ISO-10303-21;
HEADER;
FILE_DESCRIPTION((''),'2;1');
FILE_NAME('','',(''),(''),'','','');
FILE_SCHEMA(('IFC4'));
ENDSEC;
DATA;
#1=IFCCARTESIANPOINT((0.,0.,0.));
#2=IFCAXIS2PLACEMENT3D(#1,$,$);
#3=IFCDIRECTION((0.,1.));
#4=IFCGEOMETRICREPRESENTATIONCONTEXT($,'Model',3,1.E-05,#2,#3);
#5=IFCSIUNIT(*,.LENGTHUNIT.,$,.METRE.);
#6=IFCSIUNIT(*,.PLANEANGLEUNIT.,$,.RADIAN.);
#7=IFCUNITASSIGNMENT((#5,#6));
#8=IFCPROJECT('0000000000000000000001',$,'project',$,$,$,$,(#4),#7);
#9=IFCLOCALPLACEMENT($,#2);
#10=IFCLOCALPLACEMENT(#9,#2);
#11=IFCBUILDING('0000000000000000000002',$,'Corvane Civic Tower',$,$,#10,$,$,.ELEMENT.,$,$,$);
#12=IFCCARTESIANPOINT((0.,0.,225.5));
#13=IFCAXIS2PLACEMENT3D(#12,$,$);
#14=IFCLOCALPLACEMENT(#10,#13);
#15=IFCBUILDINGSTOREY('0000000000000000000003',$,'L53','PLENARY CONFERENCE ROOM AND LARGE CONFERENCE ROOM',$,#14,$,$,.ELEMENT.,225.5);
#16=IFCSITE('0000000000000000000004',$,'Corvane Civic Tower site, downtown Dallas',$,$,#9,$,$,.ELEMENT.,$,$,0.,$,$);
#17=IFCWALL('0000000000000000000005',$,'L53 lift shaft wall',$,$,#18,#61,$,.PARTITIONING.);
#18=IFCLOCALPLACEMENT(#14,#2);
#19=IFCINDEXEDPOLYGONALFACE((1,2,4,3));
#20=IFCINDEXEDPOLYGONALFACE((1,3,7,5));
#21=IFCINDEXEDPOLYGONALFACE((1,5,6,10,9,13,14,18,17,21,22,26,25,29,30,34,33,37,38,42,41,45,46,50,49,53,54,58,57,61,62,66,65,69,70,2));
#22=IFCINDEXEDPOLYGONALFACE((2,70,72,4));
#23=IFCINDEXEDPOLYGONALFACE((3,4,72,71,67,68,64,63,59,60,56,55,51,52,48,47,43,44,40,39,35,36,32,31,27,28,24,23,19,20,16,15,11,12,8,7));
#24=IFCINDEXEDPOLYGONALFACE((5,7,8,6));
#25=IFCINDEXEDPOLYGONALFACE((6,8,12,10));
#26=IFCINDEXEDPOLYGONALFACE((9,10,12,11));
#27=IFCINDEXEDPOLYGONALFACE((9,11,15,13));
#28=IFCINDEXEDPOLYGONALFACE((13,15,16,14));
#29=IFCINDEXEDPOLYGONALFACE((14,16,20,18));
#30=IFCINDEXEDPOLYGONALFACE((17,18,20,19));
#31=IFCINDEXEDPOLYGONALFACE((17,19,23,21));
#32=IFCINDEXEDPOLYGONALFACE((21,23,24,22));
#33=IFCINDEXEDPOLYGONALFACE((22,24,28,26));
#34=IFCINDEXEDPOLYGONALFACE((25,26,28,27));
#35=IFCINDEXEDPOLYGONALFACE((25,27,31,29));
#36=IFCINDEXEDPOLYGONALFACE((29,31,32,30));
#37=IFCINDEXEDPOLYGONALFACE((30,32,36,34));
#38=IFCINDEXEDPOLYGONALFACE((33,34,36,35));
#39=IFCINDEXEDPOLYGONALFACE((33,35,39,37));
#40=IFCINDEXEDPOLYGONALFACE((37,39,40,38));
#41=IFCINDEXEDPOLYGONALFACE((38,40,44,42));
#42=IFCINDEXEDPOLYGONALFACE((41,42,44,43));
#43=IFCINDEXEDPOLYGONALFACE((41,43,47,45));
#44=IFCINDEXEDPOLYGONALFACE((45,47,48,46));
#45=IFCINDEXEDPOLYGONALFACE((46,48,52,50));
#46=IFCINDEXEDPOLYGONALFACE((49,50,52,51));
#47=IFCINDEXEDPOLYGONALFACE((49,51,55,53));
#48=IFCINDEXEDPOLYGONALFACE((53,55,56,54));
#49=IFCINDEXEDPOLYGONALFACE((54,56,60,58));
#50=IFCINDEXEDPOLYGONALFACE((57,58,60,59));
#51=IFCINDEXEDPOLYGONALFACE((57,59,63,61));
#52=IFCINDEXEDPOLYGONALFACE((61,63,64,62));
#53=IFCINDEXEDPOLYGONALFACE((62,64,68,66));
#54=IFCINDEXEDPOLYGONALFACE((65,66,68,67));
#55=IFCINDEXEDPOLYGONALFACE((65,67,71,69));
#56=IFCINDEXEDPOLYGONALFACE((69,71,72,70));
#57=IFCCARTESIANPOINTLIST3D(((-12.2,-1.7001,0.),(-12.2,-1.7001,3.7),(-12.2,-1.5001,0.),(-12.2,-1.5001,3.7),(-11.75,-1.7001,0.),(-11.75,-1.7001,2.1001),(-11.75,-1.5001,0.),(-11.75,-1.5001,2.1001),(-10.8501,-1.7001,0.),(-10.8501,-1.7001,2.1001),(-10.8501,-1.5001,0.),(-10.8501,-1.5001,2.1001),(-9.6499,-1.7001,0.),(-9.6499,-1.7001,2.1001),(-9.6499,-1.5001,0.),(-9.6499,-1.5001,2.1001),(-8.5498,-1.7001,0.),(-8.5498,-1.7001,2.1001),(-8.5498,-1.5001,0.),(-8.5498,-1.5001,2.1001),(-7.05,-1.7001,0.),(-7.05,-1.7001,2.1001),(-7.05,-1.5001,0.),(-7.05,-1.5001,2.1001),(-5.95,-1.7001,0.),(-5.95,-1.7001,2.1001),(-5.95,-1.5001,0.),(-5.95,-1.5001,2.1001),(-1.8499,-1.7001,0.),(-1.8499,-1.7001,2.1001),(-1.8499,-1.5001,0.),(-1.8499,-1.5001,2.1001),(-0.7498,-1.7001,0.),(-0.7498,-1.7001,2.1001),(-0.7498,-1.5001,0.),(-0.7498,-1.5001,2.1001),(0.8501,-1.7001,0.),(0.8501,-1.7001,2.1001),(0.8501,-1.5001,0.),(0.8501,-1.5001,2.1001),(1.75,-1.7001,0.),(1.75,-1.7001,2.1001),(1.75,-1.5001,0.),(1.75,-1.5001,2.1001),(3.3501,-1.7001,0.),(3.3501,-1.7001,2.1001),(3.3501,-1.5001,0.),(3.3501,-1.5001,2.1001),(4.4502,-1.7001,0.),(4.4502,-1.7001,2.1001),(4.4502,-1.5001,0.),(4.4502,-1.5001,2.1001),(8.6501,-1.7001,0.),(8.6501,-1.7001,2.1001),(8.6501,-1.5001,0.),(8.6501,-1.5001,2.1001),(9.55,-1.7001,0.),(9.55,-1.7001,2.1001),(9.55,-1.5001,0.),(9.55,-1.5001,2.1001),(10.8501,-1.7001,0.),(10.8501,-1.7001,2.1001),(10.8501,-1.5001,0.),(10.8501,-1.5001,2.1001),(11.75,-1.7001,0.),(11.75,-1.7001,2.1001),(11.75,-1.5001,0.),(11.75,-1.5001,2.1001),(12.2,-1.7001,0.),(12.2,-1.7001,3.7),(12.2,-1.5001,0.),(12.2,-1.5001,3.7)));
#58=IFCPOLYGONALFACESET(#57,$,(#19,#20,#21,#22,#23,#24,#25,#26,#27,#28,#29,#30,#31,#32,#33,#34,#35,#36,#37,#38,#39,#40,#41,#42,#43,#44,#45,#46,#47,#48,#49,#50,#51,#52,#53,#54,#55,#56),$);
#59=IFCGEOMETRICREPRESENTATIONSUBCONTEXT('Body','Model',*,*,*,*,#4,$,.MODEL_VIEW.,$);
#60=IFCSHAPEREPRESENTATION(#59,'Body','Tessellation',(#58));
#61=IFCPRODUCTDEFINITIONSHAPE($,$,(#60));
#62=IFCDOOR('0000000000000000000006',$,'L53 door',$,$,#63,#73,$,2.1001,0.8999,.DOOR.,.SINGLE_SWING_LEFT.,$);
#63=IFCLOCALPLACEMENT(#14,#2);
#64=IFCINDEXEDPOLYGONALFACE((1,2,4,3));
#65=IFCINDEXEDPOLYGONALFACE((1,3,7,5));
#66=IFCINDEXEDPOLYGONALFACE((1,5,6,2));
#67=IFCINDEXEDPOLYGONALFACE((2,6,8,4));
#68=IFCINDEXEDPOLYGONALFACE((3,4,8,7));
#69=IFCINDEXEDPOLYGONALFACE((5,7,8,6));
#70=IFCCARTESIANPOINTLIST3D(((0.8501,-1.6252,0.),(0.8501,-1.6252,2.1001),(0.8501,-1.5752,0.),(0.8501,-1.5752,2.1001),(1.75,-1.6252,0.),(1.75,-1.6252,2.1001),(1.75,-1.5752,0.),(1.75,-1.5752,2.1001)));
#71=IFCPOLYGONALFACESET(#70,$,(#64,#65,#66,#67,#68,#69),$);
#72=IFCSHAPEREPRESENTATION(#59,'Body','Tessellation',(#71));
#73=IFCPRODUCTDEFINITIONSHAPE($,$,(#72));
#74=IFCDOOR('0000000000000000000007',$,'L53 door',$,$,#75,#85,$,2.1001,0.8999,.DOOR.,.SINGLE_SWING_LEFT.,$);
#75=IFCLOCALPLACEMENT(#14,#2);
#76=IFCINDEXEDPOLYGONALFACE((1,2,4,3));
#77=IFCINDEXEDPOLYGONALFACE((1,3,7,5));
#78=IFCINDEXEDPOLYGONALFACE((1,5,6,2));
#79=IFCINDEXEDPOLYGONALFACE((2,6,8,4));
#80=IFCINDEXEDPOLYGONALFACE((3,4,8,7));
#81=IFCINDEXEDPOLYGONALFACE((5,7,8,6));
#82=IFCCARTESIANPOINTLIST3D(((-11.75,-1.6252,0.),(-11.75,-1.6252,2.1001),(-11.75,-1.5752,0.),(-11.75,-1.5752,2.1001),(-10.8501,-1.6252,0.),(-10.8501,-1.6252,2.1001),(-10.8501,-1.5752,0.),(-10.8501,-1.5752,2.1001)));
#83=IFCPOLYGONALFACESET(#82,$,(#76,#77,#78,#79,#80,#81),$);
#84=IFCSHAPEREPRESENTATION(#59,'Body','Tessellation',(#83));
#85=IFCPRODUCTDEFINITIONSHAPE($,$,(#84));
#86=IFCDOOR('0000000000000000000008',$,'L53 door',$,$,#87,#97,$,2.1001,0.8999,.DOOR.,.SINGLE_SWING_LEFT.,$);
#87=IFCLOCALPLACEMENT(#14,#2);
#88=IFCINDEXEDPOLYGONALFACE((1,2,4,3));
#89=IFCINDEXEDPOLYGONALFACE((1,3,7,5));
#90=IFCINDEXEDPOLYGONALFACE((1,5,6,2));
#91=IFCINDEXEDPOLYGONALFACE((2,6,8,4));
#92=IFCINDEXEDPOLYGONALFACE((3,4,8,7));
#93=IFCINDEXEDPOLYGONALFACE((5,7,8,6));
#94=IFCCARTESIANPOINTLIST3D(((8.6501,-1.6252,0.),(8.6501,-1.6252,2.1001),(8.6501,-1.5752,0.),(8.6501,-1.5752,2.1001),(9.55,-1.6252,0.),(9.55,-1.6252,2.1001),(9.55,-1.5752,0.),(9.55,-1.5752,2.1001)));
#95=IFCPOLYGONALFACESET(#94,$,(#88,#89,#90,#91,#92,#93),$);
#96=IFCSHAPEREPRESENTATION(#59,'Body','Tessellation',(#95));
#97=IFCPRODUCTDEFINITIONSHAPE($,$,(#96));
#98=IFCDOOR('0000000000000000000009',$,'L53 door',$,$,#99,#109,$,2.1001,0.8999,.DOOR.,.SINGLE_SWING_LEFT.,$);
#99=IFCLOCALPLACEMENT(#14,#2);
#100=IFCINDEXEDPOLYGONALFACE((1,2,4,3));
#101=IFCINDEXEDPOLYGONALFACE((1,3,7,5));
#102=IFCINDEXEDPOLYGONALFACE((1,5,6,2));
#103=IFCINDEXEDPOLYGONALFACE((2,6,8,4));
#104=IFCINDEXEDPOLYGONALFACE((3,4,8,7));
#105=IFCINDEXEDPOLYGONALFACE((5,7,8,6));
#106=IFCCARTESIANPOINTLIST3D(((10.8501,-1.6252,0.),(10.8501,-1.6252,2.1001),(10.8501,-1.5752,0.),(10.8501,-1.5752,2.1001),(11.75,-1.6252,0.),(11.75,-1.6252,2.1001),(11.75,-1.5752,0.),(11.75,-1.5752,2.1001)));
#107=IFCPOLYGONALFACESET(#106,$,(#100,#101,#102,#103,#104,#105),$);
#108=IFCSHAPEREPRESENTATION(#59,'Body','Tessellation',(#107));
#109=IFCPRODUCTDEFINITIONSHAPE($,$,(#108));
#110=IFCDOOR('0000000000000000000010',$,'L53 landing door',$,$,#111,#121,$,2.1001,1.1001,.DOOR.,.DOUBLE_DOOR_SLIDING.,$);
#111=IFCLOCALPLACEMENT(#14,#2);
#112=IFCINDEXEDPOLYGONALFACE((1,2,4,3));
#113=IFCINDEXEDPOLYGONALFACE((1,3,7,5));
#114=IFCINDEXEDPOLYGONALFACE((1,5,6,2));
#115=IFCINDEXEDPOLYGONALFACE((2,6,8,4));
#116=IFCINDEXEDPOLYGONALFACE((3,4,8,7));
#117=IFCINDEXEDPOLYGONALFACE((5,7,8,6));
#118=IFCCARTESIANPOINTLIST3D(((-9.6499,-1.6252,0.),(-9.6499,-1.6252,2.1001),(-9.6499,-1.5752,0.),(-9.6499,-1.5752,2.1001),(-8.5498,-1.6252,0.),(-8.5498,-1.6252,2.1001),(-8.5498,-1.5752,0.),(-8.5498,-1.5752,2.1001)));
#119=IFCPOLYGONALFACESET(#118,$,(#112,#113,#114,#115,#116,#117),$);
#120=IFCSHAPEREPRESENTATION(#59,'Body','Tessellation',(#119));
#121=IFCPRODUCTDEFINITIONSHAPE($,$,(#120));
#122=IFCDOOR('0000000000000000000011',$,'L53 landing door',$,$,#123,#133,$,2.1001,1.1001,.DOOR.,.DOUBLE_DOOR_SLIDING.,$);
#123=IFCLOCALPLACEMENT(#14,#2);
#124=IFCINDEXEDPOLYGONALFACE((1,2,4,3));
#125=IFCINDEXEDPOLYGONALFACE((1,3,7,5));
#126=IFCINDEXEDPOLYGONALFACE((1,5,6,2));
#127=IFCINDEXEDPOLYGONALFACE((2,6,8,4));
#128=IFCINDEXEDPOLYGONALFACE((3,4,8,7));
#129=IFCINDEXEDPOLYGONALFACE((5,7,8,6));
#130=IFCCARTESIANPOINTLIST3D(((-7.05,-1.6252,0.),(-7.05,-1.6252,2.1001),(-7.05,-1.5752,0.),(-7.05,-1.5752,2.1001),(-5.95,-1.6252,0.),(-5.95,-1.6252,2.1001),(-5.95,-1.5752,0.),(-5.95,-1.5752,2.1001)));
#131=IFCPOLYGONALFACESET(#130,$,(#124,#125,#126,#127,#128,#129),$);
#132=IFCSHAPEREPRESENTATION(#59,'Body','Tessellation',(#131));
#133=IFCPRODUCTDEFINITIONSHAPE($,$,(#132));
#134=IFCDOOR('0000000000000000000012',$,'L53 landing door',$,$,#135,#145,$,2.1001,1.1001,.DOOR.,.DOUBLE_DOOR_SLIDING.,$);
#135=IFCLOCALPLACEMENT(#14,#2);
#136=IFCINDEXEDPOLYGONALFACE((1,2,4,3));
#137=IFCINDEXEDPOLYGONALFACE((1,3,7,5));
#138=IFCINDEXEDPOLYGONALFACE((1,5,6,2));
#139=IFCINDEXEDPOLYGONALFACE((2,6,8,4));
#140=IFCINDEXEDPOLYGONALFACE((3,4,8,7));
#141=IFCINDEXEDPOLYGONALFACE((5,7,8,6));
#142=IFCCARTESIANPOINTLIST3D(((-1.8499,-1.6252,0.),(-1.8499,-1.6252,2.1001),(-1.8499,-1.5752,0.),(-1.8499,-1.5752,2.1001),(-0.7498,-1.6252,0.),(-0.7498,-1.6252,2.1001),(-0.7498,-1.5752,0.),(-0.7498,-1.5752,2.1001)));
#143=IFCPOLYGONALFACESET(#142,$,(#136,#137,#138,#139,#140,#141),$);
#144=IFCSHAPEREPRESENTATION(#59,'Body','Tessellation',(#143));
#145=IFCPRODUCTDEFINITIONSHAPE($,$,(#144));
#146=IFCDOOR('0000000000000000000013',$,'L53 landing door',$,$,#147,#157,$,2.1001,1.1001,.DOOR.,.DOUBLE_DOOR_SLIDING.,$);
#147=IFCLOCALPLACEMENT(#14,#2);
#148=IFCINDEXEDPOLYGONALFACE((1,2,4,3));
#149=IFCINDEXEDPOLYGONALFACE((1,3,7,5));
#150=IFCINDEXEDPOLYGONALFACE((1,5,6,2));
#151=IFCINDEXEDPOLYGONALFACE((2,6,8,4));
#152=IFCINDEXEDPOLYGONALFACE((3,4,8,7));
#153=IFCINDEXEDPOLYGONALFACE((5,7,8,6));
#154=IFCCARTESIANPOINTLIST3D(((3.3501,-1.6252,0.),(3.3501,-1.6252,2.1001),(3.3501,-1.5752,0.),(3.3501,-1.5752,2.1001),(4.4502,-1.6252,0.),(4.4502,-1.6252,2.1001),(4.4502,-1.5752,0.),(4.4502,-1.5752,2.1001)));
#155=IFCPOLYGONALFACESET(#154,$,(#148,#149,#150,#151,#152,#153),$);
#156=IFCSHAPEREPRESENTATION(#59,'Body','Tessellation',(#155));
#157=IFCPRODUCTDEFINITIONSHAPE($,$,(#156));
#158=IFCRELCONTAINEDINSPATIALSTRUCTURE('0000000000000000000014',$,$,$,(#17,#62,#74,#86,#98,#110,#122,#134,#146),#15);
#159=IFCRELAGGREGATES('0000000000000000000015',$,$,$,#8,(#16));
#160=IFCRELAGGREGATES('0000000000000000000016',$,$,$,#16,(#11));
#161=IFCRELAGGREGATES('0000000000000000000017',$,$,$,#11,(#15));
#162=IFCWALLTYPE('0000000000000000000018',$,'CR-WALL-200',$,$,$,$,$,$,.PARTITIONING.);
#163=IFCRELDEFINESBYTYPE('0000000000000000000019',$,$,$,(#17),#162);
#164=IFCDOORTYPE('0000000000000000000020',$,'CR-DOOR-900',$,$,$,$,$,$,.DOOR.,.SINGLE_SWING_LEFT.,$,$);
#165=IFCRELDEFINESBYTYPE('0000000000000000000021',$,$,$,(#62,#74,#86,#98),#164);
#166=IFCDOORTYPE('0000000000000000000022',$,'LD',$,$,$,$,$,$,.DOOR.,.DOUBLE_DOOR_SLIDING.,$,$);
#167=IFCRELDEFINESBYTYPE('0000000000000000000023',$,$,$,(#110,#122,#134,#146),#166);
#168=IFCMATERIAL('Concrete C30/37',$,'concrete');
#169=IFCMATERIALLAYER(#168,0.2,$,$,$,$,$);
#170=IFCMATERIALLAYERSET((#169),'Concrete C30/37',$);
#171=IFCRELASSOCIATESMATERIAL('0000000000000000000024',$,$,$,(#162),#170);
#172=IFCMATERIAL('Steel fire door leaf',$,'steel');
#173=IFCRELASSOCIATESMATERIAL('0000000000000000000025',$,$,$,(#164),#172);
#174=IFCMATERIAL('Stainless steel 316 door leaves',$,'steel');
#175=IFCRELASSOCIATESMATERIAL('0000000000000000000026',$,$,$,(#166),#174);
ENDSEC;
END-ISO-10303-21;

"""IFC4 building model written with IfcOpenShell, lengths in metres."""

from ifc_helpers import new_model, si_unit, direction, frame, frame_2d, origin, place, context, subcontext, project, spatial, rectangle, extrude, material, layer, layer_set, type_object, element, fill, save


model = new_model("IFC4")

# Units and contexts
model_context = context("Model", 3, precision=1e-05, world=origin(), true_north=direction((0.0, 1.0)))
body_context = subcontext(model_context, "Body", "Model", "MODEL_VIEW")
ifc_project = project(units=[si_unit("LENGTHUNIT", "METRE"), si_unit("PLANEANGLEUNIT", "RADIAN")], contexts=[model_context])

# Site, building, storey
site_placement = place(None, origin())
site = spatial("IfcSite", under=ifc_project, at=site_placement, Name="Corvane Civic Tower site, downtown Dallas", CompositionType="ELEMENT", RefElevation=0.0)
building_placement = place(site_placement, origin())
building = spatial("IfcBuilding", under=site, at=building_placement, Name="Corvane Civic Tower", CompositionType="ELEMENT")
storey_placement = place(building_placement, frame((0.0, 0.0, 225.5)))
storey = spatial("IfcBuildingStorey", under=building, at=storey_placement, Name="L53", Description="PLENARY CONFERENCE ROOM AND LARGE CONFERENCE ROOM", CompositionType="ELEMENT", Elevation=225.5)

# Shared definitions
ifc_material_1 = material(Name="Concrete C30/37", Category="concrete")
ifc_layer_1 = layer(ifc_material_1, 0.2)
ifc_layer_set_1 = layer_set([ifc_layer_1], Name="Concrete C30/37")
wall_type_1 = type_object("IfcWallType", Name="CR-WALL-200", PredefinedType="PARTITIONING", material=ifc_layer_set_1)
ifc_material_2 = material(Name="Steel fire door leaf", Category="steel")
door_type_1 = type_object("IfcDoorType", Name="CR-DOOR-900", OperationType="SINGLE_SWING_LEFT", PredefinedType="DOOR", material=ifc_material_2)

# Wall, openings, doors
wall_1_placement = place(storey_placement, frame((-12.2, -1.6001, 0.0), z_axis=(0.0, 0.0, 1.0), x_axis=(1.0, 0.0, 0.0)))
wall_1 = element("IfcWall", 1, at=wall_1_placement, inside=storey, type_object=wall_type_1, Name="L53 lift shaft wall", PredefinedType="PARTITIONING", context=body_context, shape_type="SweptSolid", body=[
    extrude(rectangle(XDim=24.3999, YDim=0.2, at=frame_2d((12.2, 0.0))), origin(), (0.0, 0.0, 1.0), 3.7),
])
opening_1_placement = place(wall_1_placement, frame((2.55, 0.0, 0.0)))
opening_1 = element("IfcOpeningElement", 2, at=opening_1_placement, cuts=wall_1, PredefinedType="OPENING", context=body_context, shape_type="SweptSolid", body=[
    extrude(rectangle(XDim=1.1001, YDim=2.1001, at=frame_2d((0.55, 1.05))), frame((0.0, 0.1099, 0.0), z_axis=(0.0, -1.0, 0.0), x_axis=(1.0, 0.0, 0.0)), (0.0, 0.0, 1.0), 0.22),
])
opening_2_placement = place(wall_1_placement, frame((5.1499, 0.0, 0.0)))
opening_2 = element("IfcOpeningElement", 3, at=opening_2_placement, cuts=wall_1, PredefinedType="OPENING", context=body_context, shape_type="SweptSolid", body=[
    extrude(rectangle(XDim=1.1001, YDim=2.1001, at=frame_2d((0.55, 1.05))), frame((0.0, 0.1099, 0.0), z_axis=(0.0, -1.0, 0.0), x_axis=(1.0, 0.0, 0.0)), (0.0, 0.0, 1.0), 0.22),
])
opening_3_placement = place(wall_1_placement, frame((10.3501, 0.0, 0.0)))
opening_3 = element("IfcOpeningElement", 4, at=opening_3_placement, cuts=wall_1, PredefinedType="OPENING", context=body_context, shape_type="SweptSolid", body=[
    extrude(rectangle(XDim=1.1001, YDim=2.1001, at=frame_2d((0.55, 1.05))), frame((0.0, 0.1099, 0.0), z_axis=(0.0, -1.0, 0.0), x_axis=(1.0, 0.0, 0.0)), (0.0, 0.0, 1.0), 0.22),
])
opening_4_placement = place(wall_1_placement, frame((13.05, 0.0, 0.0)))
opening_4 = element("IfcOpeningElement", 5, at=opening_4_placement, cuts=wall_1, PredefinedType="OPENING", context=body_context, shape_type="SweptSolid", body=[
    extrude(rectangle(XDim=0.8999, YDim=2.1001, at=frame_2d((0.45, 1.05))), frame((0.0, 0.1099, 0.0), z_axis=(0.0, -1.0, 0.0), x_axis=(1.0, 0.0, 0.0)), (0.0, 0.0, 1.0), 0.22),
])
opening_5_placement = place(wall_1_placement, frame((15.55, 0.0, 0.0)))
opening_5 = element("IfcOpeningElement", 6, at=opening_5_placement, cuts=wall_1, PredefinedType="OPENING", context=body_context, shape_type="SweptSolid", body=[
    extrude(rectangle(XDim=1.1001, YDim=2.1001, at=frame_2d((0.55, 1.05))), frame((0.0, 0.1099, 0.0), z_axis=(0.0, -1.0, 0.0), x_axis=(1.0, 0.0, 0.0)), (0.0, 0.0, 1.0), 0.22),
])
opening_6_placement = place(wall_1_placement, frame((0.45, 0.0, 0.0)))
opening_6 = element("IfcOpeningElement", 7, at=opening_6_placement, cuts=wall_1, PredefinedType="OPENING", context=body_context, shape_type="SweptSolid", body=[
    extrude(rectangle(XDim=0.8999, YDim=2.1001, at=frame_2d((0.45, 1.05))), frame((0.0, 0.1099, 0.0), z_axis=(0.0, -1.0, 0.0), x_axis=(1.0, 0.0, 0.0)), (0.0, 0.0, 1.0), 0.22),
])
opening_7_placement = place(wall_1_placement, frame((20.8501, 0.0, 0.0)))
opening_7 = element("IfcOpeningElement", 8, at=opening_7_placement, cuts=wall_1, PredefinedType="OPENING", context=body_context, shape_type="SweptSolid", body=[
    extrude(rectangle(XDim=0.8999, YDim=2.1001, at=frame_2d((0.45, 1.05))), frame((0.0, 0.1099, 0.0), z_axis=(0.0, -1.0, 0.0), x_axis=(1.0, 0.0, 0.0)), (0.0, 0.0, 1.0), 0.22),
])
opening_8_placement = place(wall_1_placement, frame((23.05, 0.0, 0.0)))
opening_8 = element("IfcOpeningElement", 9, at=opening_8_placement, cuts=wall_1, PredefinedType="OPENING", context=body_context, shape_type="SweptSolid", body=[
    extrude(rectangle(XDim=0.8999, YDim=2.1001, at=frame_2d((0.45, 1.05))), frame((0.0, 0.1099, 0.0), z_axis=(0.0, -1.0, 0.0), x_axis=(1.0, 0.0, 0.0)), (0.0, 0.0, 1.0), 0.22),
])
door_1_placement = place(opening_4_placement, origin())
door_1 = element("IfcDoor", 10, at=door_1_placement, inside=storey, type_object=door_type_1, Name="L53 door", OperationType="SINGLE_SWING_LEFT", OverallHeight=2.1001, OverallWidth=0.8999, PredefinedType="DOOR", context=body_context, shape_type="SweptSolid", body=[
    extrude(rectangle(XDim=0.8999, YDim=2.1001, at=frame_2d((0.45, 1.05))), frame((0.0, 0.0249, 0.0), z_axis=(0.0, -1.0, 0.0), x_axis=(1.0, 0.0, 0.0)), (0.0, 0.0, 1.0), 0.05),
])
fill(opening_4, door_1)
door_2_placement = place(opening_6_placement, origin())
door_2 = element("IfcDoor", 11, at=door_2_placement, inside=storey, type_object=door_type_1, Name="L53 door", OperationType="SINGLE_SWING_LEFT", OverallHeight=2.1001, OverallWidth=0.8999, PredefinedType="DOOR", context=body_context, shape_type="SweptSolid", body=[
    extrude(rectangle(XDim=0.8999, YDim=2.1001, at=frame_2d((0.45, 1.05))), frame((0.0, 0.0249, 0.0), z_axis=(0.0, -1.0, 0.0), x_axis=(1.0, 0.0, 0.0)), (0.0, 0.0, 1.0), 0.05),
])
fill(opening_6, door_2)
door_3_placement = place(opening_7_placement, origin())
door_3 = element("IfcDoor", 12, at=door_3_placement, inside=storey, type_object=door_type_1, Name="L53 door", OperationType="SINGLE_SWING_LEFT", OverallHeight=2.1001, OverallWidth=0.8999, PredefinedType="DOOR", context=body_context, shape_type="SweptSolid", body=[
    extrude(rectangle(XDim=0.8999, YDim=2.1001, at=frame_2d((0.45, 1.05))), frame((0.0, 0.0249, 0.0), z_axis=(0.0, -1.0, 0.0), x_axis=(1.0, 0.0, 0.0)), (0.0, 0.0, 1.0), 0.05),
])
fill(opening_7, door_3)
door_4_placement = place(opening_8_placement, origin())
door_4 = element("IfcDoor", 13, at=door_4_placement, inside=storey, type_object=door_type_1, Name="L53 door", OperationType="SINGLE_SWING_LEFT", OverallHeight=2.1001, OverallWidth=0.8999, PredefinedType="DOOR", context=body_context, shape_type="SweptSolid", body=[
    extrude(rectangle(XDim=0.8999, YDim=2.1001, at=frame_2d((0.45, 1.05))), frame((0.0, 0.0249, 0.0), z_axis=(0.0, -1.0, 0.0), x_axis=(1.0, 0.0, 0.0)), (0.0, 0.0, 1.0), 0.05),
])
fill(opening_8, door_4)
ifc_material_3 = material(Name="Stainless steel 316 door leaves", Category="steel")
door_type_2 = type_object("IfcDoorType", Name="LD", OperationType="DOUBLE_DOOR_SLIDING", PredefinedType="DOOR", material=ifc_material_3)
door_5_placement = place(opening_1_placement, origin())
door_5 = element("IfcDoor", 14, at=door_5_placement, inside=storey, type_object=door_type_2, Name="L53 landing door", OperationType="DOUBLE_DOOR_SLIDING", OverallHeight=2.1001, OverallWidth=1.1001, PredefinedType="DOOR", context=body_context, shape_type="SweptSolid", body=[
    extrude(rectangle(XDim=1.1001, YDim=2.1001, at=frame_2d((0.55, 1.05))), frame((0.0, 0.0249, 0.0), z_axis=(0.0, -1.0, 0.0), x_axis=(1.0, 0.0, 0.0)), (0.0, 0.0, 1.0), 0.05),
])
fill(opening_1, door_5)
door_6_placement = place(opening_2_placement, origin())
door_6 = element("IfcDoor", 15, at=door_6_placement, inside=storey, type_object=door_type_2, Name="L53 landing door", OperationType="DOUBLE_DOOR_SLIDING", OverallHeight=2.1001, OverallWidth=1.1001, PredefinedType="DOOR", context=body_context, shape_type="SweptSolid", body=[
    extrude(rectangle(XDim=1.1001, YDim=2.1001, at=frame_2d((0.55, 1.05))), frame((0.0, 0.0249, 0.0), z_axis=(0.0, -1.0, 0.0), x_axis=(1.0, 0.0, 0.0)), (0.0, 0.0, 1.0), 0.05),
])
fill(opening_2, door_6)
door_7_placement = place(opening_3_placement, origin())
door_7 = element("IfcDoor", 16, at=door_7_placement, inside=storey, type_object=door_type_2, Name="L53 landing door", OperationType="DOUBLE_DOOR_SLIDING", OverallHeight=2.1001, OverallWidth=1.1001, PredefinedType="DOOR", context=body_context, shape_type="SweptSolid", body=[
    extrude(rectangle(XDim=1.1001, YDim=2.1001, at=frame_2d((0.55, 1.05))), frame((0.0, 0.0249, 0.0), z_axis=(0.0, -1.0, 0.0), x_axis=(1.0, 0.0, 0.0)), (0.0, 0.0, 1.0), 0.05),
])
fill(opening_3, door_7)
door_8_placement = place(opening_5_placement, origin())
door_8 = element("IfcDoor", 17, at=door_8_placement, inside=storey, type_object=door_type_2, Name="L53 landing door", OperationType="DOUBLE_DOOR_SLIDING", OverallHeight=2.1001, OverallWidth=1.1001, PredefinedType="DOOR", context=body_context, shape_type="SweptSolid", body=[
    extrude(rectangle(XDim=1.1001, YDim=2.1001, at=frame_2d((0.55, 1.05))), frame((0.0, 0.0249, 0.0), z_axis=(0.0, -1.0, 0.0), x_axis=(1.0, 0.0, 0.0)), (0.0, 0.0, 1.0), 0.05),
])
fill(opening_5, door_8)

save(model, "model.ifc")
